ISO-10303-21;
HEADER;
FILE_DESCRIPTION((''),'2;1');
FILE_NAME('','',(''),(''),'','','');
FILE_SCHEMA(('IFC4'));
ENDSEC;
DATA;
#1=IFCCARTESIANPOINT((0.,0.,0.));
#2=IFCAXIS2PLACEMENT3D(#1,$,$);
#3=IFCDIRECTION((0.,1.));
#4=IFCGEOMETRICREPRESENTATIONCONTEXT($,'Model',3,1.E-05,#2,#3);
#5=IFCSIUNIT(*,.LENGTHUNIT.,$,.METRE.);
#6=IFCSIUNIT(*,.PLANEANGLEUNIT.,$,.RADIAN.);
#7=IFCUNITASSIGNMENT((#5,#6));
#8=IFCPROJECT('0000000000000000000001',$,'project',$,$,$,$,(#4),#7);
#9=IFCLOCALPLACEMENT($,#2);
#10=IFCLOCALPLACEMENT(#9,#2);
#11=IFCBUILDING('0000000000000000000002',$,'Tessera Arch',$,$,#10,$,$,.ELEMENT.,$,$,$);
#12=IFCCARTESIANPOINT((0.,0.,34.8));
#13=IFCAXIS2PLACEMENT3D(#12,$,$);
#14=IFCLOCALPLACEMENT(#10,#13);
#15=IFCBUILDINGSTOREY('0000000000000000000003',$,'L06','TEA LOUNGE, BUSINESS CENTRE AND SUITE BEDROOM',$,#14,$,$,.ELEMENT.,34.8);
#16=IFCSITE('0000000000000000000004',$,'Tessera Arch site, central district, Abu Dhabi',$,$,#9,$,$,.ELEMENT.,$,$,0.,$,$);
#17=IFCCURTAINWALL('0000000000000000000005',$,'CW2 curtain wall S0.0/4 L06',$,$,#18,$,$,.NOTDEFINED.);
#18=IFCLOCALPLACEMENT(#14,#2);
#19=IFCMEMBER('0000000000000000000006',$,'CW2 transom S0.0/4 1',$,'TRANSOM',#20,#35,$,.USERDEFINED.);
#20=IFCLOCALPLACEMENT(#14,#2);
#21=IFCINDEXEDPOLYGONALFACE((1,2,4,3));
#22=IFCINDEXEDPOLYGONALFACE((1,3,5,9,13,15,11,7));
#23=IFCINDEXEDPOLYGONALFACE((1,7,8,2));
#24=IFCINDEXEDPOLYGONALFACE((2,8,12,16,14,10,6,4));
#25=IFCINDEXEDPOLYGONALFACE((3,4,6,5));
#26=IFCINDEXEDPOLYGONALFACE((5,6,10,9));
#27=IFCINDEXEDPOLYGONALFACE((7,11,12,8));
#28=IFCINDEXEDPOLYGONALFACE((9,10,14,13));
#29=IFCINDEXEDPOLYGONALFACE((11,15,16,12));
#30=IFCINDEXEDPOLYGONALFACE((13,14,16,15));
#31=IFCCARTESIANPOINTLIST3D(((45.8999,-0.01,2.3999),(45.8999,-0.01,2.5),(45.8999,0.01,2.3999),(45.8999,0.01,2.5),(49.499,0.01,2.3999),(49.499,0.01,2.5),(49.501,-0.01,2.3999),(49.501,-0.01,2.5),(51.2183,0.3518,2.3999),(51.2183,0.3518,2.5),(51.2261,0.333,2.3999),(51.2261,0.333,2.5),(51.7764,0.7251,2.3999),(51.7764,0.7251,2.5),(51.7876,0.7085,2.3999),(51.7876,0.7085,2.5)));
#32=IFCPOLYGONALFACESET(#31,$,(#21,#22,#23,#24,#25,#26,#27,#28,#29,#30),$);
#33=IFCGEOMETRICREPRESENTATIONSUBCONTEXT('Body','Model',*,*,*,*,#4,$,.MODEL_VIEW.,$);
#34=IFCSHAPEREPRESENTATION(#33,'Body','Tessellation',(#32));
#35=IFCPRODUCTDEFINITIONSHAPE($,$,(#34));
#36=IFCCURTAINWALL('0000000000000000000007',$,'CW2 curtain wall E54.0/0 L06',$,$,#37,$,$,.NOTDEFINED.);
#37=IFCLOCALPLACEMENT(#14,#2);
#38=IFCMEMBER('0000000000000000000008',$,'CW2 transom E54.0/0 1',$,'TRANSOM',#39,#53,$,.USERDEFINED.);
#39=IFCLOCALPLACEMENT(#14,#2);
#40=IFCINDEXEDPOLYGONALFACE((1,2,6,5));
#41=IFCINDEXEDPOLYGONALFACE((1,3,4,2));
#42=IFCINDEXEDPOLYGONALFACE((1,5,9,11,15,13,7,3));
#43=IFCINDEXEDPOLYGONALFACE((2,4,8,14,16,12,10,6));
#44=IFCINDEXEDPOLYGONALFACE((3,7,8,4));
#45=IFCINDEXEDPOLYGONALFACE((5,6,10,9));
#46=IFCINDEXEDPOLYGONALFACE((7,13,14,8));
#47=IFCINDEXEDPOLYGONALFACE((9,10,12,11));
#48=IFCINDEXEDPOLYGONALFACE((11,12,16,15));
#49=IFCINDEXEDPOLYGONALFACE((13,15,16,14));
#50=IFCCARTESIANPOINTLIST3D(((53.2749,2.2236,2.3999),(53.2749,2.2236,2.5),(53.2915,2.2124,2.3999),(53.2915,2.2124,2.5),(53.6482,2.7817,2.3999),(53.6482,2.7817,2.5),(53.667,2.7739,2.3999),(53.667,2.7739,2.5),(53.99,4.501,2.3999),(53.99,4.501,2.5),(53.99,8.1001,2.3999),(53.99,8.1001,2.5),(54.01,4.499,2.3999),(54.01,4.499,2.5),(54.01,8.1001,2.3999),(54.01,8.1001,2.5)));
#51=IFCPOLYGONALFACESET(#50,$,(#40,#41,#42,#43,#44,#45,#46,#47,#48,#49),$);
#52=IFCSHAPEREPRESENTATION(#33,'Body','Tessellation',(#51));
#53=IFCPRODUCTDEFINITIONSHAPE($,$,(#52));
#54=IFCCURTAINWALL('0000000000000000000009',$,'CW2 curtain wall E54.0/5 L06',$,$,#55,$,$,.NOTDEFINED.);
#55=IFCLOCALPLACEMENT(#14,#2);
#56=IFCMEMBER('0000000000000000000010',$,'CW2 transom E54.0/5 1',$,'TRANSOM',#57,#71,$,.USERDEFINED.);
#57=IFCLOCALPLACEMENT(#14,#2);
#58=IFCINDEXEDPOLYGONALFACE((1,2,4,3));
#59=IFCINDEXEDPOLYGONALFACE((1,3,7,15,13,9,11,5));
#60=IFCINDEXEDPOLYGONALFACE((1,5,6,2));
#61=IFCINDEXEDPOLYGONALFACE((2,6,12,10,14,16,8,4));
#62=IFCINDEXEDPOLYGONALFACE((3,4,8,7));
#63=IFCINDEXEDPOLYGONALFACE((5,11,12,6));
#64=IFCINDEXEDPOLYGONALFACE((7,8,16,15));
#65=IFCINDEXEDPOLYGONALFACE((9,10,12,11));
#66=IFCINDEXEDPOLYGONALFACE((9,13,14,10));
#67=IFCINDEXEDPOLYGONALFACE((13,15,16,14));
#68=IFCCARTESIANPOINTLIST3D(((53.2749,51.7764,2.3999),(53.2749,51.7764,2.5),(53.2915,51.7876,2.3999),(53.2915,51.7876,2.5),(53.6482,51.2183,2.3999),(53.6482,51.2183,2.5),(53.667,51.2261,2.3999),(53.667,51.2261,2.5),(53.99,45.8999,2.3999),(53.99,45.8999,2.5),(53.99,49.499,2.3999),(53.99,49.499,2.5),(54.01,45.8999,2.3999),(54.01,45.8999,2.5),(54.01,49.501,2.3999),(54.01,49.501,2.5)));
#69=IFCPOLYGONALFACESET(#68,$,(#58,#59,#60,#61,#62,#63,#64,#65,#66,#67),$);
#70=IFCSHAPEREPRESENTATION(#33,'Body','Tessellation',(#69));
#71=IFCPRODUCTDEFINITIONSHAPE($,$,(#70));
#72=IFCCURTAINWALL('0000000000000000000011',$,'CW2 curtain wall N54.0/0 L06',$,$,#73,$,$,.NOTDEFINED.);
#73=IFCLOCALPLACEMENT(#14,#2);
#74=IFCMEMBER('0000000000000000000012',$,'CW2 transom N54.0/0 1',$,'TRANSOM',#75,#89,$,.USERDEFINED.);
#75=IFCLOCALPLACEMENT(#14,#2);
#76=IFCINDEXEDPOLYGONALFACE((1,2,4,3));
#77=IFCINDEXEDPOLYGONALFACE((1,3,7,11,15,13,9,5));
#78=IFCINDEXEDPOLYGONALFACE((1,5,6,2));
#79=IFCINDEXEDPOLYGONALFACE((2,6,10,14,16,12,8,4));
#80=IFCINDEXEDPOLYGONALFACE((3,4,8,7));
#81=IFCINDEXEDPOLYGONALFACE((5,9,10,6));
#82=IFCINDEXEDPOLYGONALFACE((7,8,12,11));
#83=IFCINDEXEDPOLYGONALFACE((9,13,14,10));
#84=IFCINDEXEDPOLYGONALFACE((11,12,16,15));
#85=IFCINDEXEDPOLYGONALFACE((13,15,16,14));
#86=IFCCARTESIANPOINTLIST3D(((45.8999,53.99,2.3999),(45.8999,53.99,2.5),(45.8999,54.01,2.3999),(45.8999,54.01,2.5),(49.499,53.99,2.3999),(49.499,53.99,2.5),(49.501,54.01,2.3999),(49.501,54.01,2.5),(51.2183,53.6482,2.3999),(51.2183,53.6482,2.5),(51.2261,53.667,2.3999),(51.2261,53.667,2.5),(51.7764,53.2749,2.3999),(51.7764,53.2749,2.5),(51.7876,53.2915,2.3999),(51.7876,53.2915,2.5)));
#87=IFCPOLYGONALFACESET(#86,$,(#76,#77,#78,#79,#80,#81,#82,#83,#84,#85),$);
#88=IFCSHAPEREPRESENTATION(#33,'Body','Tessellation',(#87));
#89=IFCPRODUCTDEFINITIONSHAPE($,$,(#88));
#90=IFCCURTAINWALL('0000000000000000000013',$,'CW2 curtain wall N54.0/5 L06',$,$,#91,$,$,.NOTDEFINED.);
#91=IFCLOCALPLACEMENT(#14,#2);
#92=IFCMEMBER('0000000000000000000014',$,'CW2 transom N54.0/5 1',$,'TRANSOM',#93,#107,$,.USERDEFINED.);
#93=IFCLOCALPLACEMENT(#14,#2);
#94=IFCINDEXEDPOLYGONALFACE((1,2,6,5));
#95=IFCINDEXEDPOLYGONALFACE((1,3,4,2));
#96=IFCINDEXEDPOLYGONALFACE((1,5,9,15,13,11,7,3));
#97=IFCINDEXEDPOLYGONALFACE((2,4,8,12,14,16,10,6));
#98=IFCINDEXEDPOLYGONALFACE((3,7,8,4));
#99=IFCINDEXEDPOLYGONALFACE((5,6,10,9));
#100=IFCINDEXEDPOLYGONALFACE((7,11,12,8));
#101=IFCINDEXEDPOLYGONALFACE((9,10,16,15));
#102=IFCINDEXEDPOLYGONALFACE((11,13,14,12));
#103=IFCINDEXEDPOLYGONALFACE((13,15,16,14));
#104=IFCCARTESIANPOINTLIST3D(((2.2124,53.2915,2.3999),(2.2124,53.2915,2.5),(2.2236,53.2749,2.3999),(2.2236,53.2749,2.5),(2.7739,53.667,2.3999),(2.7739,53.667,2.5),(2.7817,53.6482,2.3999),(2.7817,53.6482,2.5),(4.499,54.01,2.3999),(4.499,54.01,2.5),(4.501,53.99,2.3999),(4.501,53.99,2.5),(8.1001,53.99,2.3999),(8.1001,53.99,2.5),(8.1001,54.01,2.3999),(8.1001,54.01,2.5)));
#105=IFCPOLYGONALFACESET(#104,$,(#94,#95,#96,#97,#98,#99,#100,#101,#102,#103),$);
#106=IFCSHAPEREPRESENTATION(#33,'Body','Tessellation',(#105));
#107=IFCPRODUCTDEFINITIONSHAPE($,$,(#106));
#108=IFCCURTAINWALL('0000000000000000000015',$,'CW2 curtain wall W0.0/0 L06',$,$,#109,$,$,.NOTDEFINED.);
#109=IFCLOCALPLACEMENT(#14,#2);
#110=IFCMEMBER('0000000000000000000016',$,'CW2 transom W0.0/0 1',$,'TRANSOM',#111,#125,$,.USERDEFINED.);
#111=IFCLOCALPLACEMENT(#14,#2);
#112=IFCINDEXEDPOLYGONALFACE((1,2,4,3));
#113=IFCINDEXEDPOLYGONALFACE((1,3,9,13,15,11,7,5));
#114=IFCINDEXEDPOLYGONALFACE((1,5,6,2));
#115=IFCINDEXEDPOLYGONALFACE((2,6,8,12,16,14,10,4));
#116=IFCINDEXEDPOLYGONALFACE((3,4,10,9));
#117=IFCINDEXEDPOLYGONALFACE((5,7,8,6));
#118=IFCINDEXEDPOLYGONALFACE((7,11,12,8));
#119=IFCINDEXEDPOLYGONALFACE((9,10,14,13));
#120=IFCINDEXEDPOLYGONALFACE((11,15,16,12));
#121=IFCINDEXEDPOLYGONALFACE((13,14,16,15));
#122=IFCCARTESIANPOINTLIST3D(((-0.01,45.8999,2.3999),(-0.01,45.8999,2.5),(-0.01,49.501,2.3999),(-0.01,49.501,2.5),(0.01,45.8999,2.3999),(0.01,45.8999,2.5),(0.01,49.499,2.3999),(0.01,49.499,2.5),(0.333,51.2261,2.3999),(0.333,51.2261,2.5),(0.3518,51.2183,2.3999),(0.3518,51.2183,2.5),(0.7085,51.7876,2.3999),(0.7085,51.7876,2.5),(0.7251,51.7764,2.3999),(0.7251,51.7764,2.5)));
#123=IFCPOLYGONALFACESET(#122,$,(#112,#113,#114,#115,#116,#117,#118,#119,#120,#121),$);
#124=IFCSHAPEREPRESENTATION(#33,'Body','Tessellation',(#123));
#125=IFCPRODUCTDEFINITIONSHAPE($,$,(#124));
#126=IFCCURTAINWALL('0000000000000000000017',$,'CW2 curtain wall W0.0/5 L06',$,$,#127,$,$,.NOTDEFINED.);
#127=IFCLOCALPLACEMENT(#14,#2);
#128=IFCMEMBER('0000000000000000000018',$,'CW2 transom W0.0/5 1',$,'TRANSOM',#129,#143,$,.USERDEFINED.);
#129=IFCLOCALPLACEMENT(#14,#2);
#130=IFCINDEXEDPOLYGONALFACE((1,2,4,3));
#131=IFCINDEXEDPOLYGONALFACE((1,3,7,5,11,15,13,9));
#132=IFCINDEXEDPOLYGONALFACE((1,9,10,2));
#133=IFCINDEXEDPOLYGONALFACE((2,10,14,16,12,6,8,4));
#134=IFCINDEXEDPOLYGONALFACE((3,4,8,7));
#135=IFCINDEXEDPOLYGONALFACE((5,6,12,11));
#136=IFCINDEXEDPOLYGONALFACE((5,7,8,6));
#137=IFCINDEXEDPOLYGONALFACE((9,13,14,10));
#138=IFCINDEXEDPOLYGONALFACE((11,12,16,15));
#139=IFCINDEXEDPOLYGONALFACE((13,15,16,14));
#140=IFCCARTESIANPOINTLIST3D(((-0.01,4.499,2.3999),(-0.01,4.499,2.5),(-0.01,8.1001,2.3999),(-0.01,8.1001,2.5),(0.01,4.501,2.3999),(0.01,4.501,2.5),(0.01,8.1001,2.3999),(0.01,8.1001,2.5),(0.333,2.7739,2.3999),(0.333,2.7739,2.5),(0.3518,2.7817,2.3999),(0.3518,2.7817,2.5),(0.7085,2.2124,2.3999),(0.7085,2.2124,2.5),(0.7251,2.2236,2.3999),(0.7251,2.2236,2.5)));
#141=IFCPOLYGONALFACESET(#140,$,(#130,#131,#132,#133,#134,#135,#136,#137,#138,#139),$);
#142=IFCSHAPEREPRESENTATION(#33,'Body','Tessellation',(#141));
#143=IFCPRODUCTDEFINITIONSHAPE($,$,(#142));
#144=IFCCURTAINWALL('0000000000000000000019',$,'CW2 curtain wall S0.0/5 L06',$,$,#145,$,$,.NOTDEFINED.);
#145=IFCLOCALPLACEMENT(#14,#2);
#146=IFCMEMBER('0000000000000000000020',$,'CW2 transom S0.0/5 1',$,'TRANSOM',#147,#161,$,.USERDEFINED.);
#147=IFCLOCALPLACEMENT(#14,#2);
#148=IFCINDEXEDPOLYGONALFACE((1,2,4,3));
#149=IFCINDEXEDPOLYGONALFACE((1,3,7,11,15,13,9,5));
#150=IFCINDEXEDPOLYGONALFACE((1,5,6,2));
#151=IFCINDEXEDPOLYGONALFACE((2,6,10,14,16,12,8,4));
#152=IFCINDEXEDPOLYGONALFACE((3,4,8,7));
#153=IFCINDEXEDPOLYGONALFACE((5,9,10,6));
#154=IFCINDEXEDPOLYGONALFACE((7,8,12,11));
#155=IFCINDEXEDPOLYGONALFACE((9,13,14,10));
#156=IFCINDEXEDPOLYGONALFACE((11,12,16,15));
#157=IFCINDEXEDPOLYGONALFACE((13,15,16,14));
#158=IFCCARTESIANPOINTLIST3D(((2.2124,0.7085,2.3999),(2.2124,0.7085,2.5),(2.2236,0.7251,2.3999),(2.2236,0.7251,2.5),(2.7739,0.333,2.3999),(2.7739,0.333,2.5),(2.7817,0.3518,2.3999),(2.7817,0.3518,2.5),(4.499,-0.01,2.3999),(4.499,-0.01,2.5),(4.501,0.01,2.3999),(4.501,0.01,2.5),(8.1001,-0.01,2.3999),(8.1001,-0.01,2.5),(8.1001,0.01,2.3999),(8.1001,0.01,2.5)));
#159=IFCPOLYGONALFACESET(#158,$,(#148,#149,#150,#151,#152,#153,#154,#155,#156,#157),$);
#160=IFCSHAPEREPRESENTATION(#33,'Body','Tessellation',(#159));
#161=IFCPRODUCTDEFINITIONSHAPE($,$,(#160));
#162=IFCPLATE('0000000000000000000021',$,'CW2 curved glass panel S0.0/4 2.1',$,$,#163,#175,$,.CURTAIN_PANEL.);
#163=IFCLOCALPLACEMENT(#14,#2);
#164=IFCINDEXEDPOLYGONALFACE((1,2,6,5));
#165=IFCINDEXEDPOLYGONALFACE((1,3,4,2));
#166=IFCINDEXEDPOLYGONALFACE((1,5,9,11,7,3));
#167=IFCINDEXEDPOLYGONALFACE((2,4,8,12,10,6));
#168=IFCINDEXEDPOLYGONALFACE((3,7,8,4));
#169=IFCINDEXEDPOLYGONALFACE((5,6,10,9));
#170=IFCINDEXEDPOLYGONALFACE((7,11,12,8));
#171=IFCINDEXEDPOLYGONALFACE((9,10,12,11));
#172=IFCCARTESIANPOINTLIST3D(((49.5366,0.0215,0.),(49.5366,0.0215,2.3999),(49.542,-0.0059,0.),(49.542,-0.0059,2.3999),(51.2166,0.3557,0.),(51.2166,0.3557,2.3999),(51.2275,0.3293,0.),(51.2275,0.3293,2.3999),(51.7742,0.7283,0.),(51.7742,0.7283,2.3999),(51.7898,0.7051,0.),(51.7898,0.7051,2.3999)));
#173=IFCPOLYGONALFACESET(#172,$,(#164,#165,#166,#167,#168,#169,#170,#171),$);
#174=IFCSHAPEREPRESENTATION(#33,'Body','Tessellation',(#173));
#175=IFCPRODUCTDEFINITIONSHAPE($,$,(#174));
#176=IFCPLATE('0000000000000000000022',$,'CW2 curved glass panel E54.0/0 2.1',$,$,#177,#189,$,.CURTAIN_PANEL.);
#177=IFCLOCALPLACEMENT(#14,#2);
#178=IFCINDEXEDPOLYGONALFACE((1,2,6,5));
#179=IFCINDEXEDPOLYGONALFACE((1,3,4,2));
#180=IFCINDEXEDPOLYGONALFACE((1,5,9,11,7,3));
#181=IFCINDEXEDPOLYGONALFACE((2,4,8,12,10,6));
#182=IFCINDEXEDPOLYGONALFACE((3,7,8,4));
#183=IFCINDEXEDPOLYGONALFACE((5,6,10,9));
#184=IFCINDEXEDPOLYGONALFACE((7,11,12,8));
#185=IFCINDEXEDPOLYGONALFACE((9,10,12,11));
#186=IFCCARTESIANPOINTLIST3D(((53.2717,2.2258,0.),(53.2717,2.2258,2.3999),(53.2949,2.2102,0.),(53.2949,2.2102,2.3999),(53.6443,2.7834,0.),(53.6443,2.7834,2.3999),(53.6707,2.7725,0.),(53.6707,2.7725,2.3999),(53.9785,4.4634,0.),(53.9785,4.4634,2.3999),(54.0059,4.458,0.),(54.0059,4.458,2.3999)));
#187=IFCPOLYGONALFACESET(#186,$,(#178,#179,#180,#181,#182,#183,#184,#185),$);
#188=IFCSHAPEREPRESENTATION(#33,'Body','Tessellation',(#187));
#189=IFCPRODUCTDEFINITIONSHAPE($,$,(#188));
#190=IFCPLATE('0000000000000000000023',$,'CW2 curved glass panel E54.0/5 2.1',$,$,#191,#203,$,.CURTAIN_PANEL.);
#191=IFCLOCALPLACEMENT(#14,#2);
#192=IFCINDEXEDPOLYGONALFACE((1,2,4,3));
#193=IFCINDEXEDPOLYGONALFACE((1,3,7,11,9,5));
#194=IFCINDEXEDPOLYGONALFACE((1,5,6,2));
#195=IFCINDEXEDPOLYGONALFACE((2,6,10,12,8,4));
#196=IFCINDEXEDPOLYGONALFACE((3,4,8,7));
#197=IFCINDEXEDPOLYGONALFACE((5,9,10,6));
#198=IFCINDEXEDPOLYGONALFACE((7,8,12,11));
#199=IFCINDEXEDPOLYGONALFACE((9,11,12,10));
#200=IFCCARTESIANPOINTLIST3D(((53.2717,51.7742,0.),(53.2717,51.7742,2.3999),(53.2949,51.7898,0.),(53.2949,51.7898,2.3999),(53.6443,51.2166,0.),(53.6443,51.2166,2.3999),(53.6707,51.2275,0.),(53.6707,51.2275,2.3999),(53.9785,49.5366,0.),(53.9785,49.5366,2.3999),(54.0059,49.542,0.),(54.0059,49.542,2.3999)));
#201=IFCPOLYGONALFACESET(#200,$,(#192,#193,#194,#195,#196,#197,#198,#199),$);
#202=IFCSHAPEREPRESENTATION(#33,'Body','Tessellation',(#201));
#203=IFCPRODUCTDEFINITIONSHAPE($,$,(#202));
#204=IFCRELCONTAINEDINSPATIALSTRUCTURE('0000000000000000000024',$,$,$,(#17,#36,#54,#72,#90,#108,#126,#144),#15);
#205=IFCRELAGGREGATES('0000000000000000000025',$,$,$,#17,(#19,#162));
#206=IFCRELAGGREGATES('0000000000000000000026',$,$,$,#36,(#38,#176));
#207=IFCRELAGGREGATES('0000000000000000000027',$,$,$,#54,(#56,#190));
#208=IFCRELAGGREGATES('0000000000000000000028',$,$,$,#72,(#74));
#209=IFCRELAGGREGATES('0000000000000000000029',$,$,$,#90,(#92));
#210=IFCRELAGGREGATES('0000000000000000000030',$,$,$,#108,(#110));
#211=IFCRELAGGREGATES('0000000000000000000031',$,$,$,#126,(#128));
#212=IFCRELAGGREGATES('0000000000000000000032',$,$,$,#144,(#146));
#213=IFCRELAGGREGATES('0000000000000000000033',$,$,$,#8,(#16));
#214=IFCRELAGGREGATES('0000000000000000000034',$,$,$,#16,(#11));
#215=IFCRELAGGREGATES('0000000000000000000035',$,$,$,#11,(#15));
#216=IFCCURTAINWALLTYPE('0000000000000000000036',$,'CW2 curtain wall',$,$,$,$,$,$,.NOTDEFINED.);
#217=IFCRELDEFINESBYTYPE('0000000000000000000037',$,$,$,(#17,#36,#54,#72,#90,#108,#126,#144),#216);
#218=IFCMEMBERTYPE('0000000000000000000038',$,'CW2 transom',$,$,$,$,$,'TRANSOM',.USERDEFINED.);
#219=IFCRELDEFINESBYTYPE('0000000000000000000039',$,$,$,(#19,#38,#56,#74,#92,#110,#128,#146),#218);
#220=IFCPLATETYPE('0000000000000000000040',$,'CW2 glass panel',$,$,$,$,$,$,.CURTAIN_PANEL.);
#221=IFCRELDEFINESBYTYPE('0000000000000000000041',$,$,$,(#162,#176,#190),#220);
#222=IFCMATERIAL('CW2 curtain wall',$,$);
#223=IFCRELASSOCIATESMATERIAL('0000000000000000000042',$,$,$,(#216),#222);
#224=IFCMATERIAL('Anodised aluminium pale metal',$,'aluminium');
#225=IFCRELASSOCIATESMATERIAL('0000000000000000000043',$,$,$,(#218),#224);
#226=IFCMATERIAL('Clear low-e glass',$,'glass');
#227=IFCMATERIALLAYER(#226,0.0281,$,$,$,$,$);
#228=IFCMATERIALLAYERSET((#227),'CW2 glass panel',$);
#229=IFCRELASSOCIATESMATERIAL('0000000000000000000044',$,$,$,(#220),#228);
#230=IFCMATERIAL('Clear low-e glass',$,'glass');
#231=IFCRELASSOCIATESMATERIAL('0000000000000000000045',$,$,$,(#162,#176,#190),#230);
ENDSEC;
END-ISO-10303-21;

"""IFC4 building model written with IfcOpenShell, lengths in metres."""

from ifc_helpers import new_model, si_unit, direction, frame, origin, origin_2d, place, context, subcontext, project, spatial, polyline, rectangle, outline, extrude, material, layer, layer_set, material_profile, profile_set, type_object, element, aggregate, save


model = new_model("IFC4")

# Units and contexts
model_context = context("Model", 3, precision=1e-05, world=origin(), true_north=direction((0.0, 1.0)))
body_context = subcontext(model_context, "Body", "Model", "MODEL_VIEW")
ifc_project = project(units=[si_unit("LENGTHUNIT", "METRE"), si_unit("PLANEANGLEUNIT", "RADIAN")], contexts=[model_context])

# Site, building, storey
site_placement = place(None, origin())
site = spatial("IfcSite", under=ifc_project, at=site_placement, Name="Tessera Arch site, central district, Abu Dhabi", CompositionType="ELEMENT", RefElevation=0.0)
building_placement = place(site_placement, origin())
building = spatial("IfcBuilding", under=site, at=building_placement, Name="Tessera Arch", CompositionType="ELEMENT")
storey_placement = place(building_placement, frame((0.0, 0.0, 34.8)))
storey = spatial("IfcBuildingStorey", under=building, at=storey_placement, Name="L06", Description="TEA LOUNGE, BUSINESS CENTRE AND SUITE BEDROOM", CompositionType="ELEMENT", Elevation=34.8)

# Curtain walls, members
ifc_material_1 = material(Name="CW2 curtain wall")
curtain_wall_type = type_object("IfcCurtainWallType", Name="CW2 curtain wall", PredefinedType="NOTDEFINED", material=ifc_material_1)
curtain_wall_1_placement = place(storey_placement, origin())
curtain_wall_1 = element("IfcCurtainWall", 1, at=curtain_wall_1_placement, inside=storey, type_object=curtain_wall_type, Name="CW2 curtain wall S0.0/4 L06", PredefinedType="NOTDEFINED")
ifc_material_2 = material(Name="Anodised aluminium pale metal", Category="aluminium")
ifc_material_profile = material_profile(ifc_material_2, rectangle(XDim=0.2, YDim=0.1001, at=origin_2d()), Name="AL 200x100")
ifc_profile_set = profile_set([ifc_material_profile], Name="Anodised aluminium pale metal")
member_type = type_object("IfcMemberType", Name="CW2 transom", ElementType="TRANSOM", PredefinedType="USERDEFINED", material=ifc_profile_set)
member_1_placement = place(storey_placement, frame((0.0, 0.0, 2.3999)))
member_1 = element("IfcMember", 2, at=member_1_placement, type_object=member_type, Name="CW2 transom S0.0/4 1", ObjectType="TRANSOM", PredefinedType="USERDEFINED", context=body_context, shape_type="SweptSolid", body=[
    extrude(outline(polyline([(49.499, 0.01), (45.8999, 0.01), (45.8999, -0.01), (49.501, -0.01), (51.2261, 0.333), (51.7876, 0.7085), (51.7764, 0.7251), (51.2183, 0.3518), (49.499, 0.01)])), origin(), (0.0, 0.0, 1.0), 0.1001),
])
curtain_wall_2_placement = place(storey_placement, origin())
curtain_wall_2 = element("IfcCurtainWall", 3, at=curtain_wall_2_placement, inside=storey, type_object=curtain_wall_type, Name="CW2 curtain wall E54.0/0 L06", PredefinedType="NOTDEFINED")
member_2_placement = place(storey_placement, frame((0.0, 0.0, 2.3999)))
member_2 = element("IfcMember", 4, at=member_2_placement, type_object=member_type, Name="CW2 transom E54.0/0 1", ObjectType="TRANSOM", PredefinedType="USERDEFINED", context=body_context, shape_type="SweptSolid", body=[
    extrude(outline(polyline([(53.6482, 2.7817), (53.2749, 2.2236), (53.2915, 2.2124), (53.667, 2.7739), (54.01, 4.499), (54.01, 8.1001), (53.99, 8.1001), (53.99, 4.501), (53.6482, 2.7817)])), origin(), (0.0, 0.0, 1.0), 0.1001),
])
curtain_wall_3_placement = place(storey_placement, origin())
curtain_wall_3 = element("IfcCurtainWall", 5, at=curtain_wall_3_placement, inside=storey, type_object=curtain_wall_type, Name="CW2 curtain wall E54.0/5 L06", PredefinedType="NOTDEFINED")
member_3_placement = place(storey_placement, frame((0.0, 0.0, 2.3999)))
member_3 = element("IfcMember", 6, at=member_3_placement, type_object=member_type, Name="CW2 transom E54.0/5 1", ObjectType="TRANSOM", PredefinedType="USERDEFINED", context=body_context, shape_type="SweptSolid", body=[
    extrude(outline(polyline([(53.99, 49.499), (53.99, 45.8999), (54.01, 45.8999), (54.01, 49.501), (53.667, 51.2261), (53.2915, 51.7876), (53.2749, 51.7764), (53.6482, 51.2183), (53.99, 49.499)])), origin(), (0.0, 0.0, 1.0), 0.1001),
])
curtain_wall_4_placement = place(storey_placement, origin())
curtain_wall_4 = element("IfcCurtainWall", 7, at=curtain_wall_4_placement, inside=storey, type_object=curtain_wall_type, Name="CW2 curtain wall N54.0/0 L06", PredefinedType="NOTDEFINED")
member_4_placement = place(storey_placement, frame((0.0, 0.0, 2.3999)))
member_4 = element("IfcMember", 8, at=member_4_placement, type_object=member_type, Name="CW2 transom N54.0/0 1", ObjectType="TRANSOM", PredefinedType="USERDEFINED", context=body_context, shape_type="SweptSolid", body=[
    extrude(outline(polyline([(51.2183, 53.6482), (51.7764, 53.2749), (51.7876, 53.2915), (51.2261, 53.667), (49.501, 54.01), (45.8999, 54.01), (45.8999, 53.99), (49.499, 53.99), (51.2183, 53.6482)])), origin(), (0.0, 0.0, 1.0), 0.1001),
])
curtain_wall_5_placement = place(storey_placement, origin())
curtain_wall_5 = element("IfcCurtainWall", 9, at=curtain_wall_5_placement, inside=storey, type_object=curtain_wall_type, Name="CW2 curtain wall N54.0/5 L06", PredefinedType="NOTDEFINED")
member_5_placement = place(storey_placement, frame((0.0, 0.0, 2.3999)))
member_5 = element("IfcMember", 10, at=member_5_placement, type_object=member_type, Name="CW2 transom N54.0/5 1", ObjectType="TRANSOM", PredefinedType="USERDEFINED", context=body_context, shape_type="SweptSolid", body=[
    extrude(outline(polyline([(4.501, 53.99), (8.1001, 53.99), (8.1001, 54.01), (4.499, 54.01), (2.7739, 53.667), (2.2124, 53.2915), (2.2236, 53.2749), (2.7817, 53.6482), (4.501, 53.99)])), origin(), (0.0, 0.0, 1.0), 0.1001),
])
curtain_wall_6_placement = place(storey_placement, origin())
curtain_wall_6 = element("IfcCurtainWall", 11, at=curtain_wall_6_placement, inside=storey, type_object=curtain_wall_type, Name="CW2 curtain wall W0.0/0 L06", PredefinedType="NOTDEFINED")
member_6_placement = place(storey_placement, frame((0.0, 0.0, 2.3999)))
member_6 = element("IfcMember", 12, at=member_6_placement, type_object=member_type, Name="CW2 transom W0.0/0 1", ObjectType="TRANSOM", PredefinedType="USERDEFINED", context=body_context, shape_type="SweptSolid", body=[
    extrude(outline(polyline([(0.3518, 51.2183), (0.7251, 51.7764), (0.7085, 51.7876), (0.333, 51.2261), (-0.01, 49.501), (-0.01, 45.8999), (0.01, 45.8999), (0.01, 49.499), (0.3518, 51.2183)])), origin(), (0.0, 0.0, 1.0), 0.1001),
])
curtain_wall_7_placement = place(storey_placement, origin())
curtain_wall_7 = element("IfcCurtainWall", 13, at=curtain_wall_7_placement, inside=storey, type_object=curtain_wall_type, Name="CW2 curtain wall W0.0/5 L06", PredefinedType="NOTDEFINED")
member_7_placement = place(storey_placement, frame((0.0, 0.0, 2.3999)))
member_7 = element("IfcMember", 14, at=member_7_placement, type_object=member_type, Name="CW2 transom W0.0/5 1", ObjectType="TRANSOM", PredefinedType="USERDEFINED", context=body_context, shape_type="SweptSolid", body=[
    extrude(outline(polyline([(0.01, 4.501), (0.01, 8.1001), (-0.01, 8.1001), (-0.01, 4.499), (0.333, 2.7739), (0.7085, 2.2124), (0.7251, 2.2236), (0.3518, 2.7817), (0.01, 4.501)])), origin(), (0.0, 0.0, 1.0), 0.1001),
])
curtain_wall_8_placement = place(storey_placement, origin())
curtain_wall_8 = element("IfcCurtainWall", 15, at=curtain_wall_8_placement, inside=storey, type_object=curtain_wall_type, Name="CW2 curtain wall S0.0/5 L06", PredefinedType="NOTDEFINED")
member_8_placement = place(storey_placement, frame((0.0, 0.0, 2.3999)))
member_8 = element("IfcMember", 16, at=member_8_placement, type_object=member_type, Name="CW2 transom S0.0/5 1", ObjectType="TRANSOM", PredefinedType="USERDEFINED", context=body_context, shape_type="SweptSolid", body=[
    extrude(outline(polyline([(2.7817, 0.3518), (2.2236, 0.7251), (2.2124, 0.7085), (2.7739, 0.333), (4.499, -0.01), (8.1001, -0.01), (8.1001, 0.01), (4.501, 0.01), (2.7817, 0.3518)])), origin(), (0.0, 0.0, 1.0), 0.1001),
])

# Plates
ifc_material_3 = material(Name="Clear low-e glass", Category="glass")
ifc_material_4 = material(Name="Clear low-e glass", Category="glass")
ifc_layer_1 = layer(ifc_material_4, 0.0281)
ifc_layer_set_1 = layer_set([ifc_layer_1], Name="CW2 glass panel")
plate_type_1 = type_object("IfcPlateType", Name="CW2 glass panel", PredefinedType="CURTAIN_PANEL", material=ifc_layer_set_1)
plate_1_placement = place(storey_placement, origin())
plate_1 = element("IfcPlate", 17, at=plate_1_placement, type_object=plate_type_1, material=ifc_material_3, Name="CW2 curved glass panel S0.0/4 2.1", PredefinedType="CURTAIN_PANEL", context=body_context, shape_type="SweptSolid", body=[
    extrude(outline(polyline([(51.2166, 0.3557), (49.5366, 0.0215), (49.542, -0.0059), (51.2275, 0.3293), (51.7898, 0.7051), (51.7742, 0.7283), (51.2166, 0.3557)])), origin(), (0.0, 0.0, 1.0), 2.3999),
])
plate_2_placement = place(storey_placement, origin())
plate_2 = element("IfcPlate", 18, at=plate_2_placement, type_object=plate_type_1, material=ifc_material_3, Name="CW2 curved glass panel E54.0/0 2.1", PredefinedType="CURTAIN_PANEL", context=body_context, shape_type="SweptSolid", body=[
    extrude(outline(polyline([(53.6443, 2.7834), (53.2717, 2.2258), (53.2949, 2.2102), (53.6707, 2.7725), (54.0059, 4.458), (53.9785, 4.4634), (53.6443, 2.7834)])), origin(), (0.0, 0.0, 1.0), 2.3999),
])
plate_3_placement = place(storey_placement, origin())
plate_3 = element("IfcPlate", 19, at=plate_3_placement, type_object=plate_type_1, material=ifc_material_3, Name="CW2 curved glass panel E54.0/5 2.1", PredefinedType="CURTAIN_PANEL", context=body_context, shape_type="SweptSolid", body=[
    extrude(outline(polyline([(53.6443, 51.2166), (53.9785, 49.5366), (54.0059, 49.542), (53.6707, 51.2275), (53.2949, 51.7898), (53.2717, 51.7742), (53.6443, 51.2166)])), origin(), (0.0, 0.0, 1.0), 2.3999),
])
aggregate(curtain_wall_1, [member_1, plate_1])
aggregate(curtain_wall_2, [member_2, plate_2])
aggregate(curtain_wall_3, [member_3, plate_3])
aggregate(curtain_wall_4, [member_4])
aggregate(curtain_wall_5, [member_5])
aggregate(curtain_wall_6, [member_6])
aggregate(curtain_wall_7, [member_7])
aggregate(curtain_wall_8, [member_8])

save(model, "model.ifc")
